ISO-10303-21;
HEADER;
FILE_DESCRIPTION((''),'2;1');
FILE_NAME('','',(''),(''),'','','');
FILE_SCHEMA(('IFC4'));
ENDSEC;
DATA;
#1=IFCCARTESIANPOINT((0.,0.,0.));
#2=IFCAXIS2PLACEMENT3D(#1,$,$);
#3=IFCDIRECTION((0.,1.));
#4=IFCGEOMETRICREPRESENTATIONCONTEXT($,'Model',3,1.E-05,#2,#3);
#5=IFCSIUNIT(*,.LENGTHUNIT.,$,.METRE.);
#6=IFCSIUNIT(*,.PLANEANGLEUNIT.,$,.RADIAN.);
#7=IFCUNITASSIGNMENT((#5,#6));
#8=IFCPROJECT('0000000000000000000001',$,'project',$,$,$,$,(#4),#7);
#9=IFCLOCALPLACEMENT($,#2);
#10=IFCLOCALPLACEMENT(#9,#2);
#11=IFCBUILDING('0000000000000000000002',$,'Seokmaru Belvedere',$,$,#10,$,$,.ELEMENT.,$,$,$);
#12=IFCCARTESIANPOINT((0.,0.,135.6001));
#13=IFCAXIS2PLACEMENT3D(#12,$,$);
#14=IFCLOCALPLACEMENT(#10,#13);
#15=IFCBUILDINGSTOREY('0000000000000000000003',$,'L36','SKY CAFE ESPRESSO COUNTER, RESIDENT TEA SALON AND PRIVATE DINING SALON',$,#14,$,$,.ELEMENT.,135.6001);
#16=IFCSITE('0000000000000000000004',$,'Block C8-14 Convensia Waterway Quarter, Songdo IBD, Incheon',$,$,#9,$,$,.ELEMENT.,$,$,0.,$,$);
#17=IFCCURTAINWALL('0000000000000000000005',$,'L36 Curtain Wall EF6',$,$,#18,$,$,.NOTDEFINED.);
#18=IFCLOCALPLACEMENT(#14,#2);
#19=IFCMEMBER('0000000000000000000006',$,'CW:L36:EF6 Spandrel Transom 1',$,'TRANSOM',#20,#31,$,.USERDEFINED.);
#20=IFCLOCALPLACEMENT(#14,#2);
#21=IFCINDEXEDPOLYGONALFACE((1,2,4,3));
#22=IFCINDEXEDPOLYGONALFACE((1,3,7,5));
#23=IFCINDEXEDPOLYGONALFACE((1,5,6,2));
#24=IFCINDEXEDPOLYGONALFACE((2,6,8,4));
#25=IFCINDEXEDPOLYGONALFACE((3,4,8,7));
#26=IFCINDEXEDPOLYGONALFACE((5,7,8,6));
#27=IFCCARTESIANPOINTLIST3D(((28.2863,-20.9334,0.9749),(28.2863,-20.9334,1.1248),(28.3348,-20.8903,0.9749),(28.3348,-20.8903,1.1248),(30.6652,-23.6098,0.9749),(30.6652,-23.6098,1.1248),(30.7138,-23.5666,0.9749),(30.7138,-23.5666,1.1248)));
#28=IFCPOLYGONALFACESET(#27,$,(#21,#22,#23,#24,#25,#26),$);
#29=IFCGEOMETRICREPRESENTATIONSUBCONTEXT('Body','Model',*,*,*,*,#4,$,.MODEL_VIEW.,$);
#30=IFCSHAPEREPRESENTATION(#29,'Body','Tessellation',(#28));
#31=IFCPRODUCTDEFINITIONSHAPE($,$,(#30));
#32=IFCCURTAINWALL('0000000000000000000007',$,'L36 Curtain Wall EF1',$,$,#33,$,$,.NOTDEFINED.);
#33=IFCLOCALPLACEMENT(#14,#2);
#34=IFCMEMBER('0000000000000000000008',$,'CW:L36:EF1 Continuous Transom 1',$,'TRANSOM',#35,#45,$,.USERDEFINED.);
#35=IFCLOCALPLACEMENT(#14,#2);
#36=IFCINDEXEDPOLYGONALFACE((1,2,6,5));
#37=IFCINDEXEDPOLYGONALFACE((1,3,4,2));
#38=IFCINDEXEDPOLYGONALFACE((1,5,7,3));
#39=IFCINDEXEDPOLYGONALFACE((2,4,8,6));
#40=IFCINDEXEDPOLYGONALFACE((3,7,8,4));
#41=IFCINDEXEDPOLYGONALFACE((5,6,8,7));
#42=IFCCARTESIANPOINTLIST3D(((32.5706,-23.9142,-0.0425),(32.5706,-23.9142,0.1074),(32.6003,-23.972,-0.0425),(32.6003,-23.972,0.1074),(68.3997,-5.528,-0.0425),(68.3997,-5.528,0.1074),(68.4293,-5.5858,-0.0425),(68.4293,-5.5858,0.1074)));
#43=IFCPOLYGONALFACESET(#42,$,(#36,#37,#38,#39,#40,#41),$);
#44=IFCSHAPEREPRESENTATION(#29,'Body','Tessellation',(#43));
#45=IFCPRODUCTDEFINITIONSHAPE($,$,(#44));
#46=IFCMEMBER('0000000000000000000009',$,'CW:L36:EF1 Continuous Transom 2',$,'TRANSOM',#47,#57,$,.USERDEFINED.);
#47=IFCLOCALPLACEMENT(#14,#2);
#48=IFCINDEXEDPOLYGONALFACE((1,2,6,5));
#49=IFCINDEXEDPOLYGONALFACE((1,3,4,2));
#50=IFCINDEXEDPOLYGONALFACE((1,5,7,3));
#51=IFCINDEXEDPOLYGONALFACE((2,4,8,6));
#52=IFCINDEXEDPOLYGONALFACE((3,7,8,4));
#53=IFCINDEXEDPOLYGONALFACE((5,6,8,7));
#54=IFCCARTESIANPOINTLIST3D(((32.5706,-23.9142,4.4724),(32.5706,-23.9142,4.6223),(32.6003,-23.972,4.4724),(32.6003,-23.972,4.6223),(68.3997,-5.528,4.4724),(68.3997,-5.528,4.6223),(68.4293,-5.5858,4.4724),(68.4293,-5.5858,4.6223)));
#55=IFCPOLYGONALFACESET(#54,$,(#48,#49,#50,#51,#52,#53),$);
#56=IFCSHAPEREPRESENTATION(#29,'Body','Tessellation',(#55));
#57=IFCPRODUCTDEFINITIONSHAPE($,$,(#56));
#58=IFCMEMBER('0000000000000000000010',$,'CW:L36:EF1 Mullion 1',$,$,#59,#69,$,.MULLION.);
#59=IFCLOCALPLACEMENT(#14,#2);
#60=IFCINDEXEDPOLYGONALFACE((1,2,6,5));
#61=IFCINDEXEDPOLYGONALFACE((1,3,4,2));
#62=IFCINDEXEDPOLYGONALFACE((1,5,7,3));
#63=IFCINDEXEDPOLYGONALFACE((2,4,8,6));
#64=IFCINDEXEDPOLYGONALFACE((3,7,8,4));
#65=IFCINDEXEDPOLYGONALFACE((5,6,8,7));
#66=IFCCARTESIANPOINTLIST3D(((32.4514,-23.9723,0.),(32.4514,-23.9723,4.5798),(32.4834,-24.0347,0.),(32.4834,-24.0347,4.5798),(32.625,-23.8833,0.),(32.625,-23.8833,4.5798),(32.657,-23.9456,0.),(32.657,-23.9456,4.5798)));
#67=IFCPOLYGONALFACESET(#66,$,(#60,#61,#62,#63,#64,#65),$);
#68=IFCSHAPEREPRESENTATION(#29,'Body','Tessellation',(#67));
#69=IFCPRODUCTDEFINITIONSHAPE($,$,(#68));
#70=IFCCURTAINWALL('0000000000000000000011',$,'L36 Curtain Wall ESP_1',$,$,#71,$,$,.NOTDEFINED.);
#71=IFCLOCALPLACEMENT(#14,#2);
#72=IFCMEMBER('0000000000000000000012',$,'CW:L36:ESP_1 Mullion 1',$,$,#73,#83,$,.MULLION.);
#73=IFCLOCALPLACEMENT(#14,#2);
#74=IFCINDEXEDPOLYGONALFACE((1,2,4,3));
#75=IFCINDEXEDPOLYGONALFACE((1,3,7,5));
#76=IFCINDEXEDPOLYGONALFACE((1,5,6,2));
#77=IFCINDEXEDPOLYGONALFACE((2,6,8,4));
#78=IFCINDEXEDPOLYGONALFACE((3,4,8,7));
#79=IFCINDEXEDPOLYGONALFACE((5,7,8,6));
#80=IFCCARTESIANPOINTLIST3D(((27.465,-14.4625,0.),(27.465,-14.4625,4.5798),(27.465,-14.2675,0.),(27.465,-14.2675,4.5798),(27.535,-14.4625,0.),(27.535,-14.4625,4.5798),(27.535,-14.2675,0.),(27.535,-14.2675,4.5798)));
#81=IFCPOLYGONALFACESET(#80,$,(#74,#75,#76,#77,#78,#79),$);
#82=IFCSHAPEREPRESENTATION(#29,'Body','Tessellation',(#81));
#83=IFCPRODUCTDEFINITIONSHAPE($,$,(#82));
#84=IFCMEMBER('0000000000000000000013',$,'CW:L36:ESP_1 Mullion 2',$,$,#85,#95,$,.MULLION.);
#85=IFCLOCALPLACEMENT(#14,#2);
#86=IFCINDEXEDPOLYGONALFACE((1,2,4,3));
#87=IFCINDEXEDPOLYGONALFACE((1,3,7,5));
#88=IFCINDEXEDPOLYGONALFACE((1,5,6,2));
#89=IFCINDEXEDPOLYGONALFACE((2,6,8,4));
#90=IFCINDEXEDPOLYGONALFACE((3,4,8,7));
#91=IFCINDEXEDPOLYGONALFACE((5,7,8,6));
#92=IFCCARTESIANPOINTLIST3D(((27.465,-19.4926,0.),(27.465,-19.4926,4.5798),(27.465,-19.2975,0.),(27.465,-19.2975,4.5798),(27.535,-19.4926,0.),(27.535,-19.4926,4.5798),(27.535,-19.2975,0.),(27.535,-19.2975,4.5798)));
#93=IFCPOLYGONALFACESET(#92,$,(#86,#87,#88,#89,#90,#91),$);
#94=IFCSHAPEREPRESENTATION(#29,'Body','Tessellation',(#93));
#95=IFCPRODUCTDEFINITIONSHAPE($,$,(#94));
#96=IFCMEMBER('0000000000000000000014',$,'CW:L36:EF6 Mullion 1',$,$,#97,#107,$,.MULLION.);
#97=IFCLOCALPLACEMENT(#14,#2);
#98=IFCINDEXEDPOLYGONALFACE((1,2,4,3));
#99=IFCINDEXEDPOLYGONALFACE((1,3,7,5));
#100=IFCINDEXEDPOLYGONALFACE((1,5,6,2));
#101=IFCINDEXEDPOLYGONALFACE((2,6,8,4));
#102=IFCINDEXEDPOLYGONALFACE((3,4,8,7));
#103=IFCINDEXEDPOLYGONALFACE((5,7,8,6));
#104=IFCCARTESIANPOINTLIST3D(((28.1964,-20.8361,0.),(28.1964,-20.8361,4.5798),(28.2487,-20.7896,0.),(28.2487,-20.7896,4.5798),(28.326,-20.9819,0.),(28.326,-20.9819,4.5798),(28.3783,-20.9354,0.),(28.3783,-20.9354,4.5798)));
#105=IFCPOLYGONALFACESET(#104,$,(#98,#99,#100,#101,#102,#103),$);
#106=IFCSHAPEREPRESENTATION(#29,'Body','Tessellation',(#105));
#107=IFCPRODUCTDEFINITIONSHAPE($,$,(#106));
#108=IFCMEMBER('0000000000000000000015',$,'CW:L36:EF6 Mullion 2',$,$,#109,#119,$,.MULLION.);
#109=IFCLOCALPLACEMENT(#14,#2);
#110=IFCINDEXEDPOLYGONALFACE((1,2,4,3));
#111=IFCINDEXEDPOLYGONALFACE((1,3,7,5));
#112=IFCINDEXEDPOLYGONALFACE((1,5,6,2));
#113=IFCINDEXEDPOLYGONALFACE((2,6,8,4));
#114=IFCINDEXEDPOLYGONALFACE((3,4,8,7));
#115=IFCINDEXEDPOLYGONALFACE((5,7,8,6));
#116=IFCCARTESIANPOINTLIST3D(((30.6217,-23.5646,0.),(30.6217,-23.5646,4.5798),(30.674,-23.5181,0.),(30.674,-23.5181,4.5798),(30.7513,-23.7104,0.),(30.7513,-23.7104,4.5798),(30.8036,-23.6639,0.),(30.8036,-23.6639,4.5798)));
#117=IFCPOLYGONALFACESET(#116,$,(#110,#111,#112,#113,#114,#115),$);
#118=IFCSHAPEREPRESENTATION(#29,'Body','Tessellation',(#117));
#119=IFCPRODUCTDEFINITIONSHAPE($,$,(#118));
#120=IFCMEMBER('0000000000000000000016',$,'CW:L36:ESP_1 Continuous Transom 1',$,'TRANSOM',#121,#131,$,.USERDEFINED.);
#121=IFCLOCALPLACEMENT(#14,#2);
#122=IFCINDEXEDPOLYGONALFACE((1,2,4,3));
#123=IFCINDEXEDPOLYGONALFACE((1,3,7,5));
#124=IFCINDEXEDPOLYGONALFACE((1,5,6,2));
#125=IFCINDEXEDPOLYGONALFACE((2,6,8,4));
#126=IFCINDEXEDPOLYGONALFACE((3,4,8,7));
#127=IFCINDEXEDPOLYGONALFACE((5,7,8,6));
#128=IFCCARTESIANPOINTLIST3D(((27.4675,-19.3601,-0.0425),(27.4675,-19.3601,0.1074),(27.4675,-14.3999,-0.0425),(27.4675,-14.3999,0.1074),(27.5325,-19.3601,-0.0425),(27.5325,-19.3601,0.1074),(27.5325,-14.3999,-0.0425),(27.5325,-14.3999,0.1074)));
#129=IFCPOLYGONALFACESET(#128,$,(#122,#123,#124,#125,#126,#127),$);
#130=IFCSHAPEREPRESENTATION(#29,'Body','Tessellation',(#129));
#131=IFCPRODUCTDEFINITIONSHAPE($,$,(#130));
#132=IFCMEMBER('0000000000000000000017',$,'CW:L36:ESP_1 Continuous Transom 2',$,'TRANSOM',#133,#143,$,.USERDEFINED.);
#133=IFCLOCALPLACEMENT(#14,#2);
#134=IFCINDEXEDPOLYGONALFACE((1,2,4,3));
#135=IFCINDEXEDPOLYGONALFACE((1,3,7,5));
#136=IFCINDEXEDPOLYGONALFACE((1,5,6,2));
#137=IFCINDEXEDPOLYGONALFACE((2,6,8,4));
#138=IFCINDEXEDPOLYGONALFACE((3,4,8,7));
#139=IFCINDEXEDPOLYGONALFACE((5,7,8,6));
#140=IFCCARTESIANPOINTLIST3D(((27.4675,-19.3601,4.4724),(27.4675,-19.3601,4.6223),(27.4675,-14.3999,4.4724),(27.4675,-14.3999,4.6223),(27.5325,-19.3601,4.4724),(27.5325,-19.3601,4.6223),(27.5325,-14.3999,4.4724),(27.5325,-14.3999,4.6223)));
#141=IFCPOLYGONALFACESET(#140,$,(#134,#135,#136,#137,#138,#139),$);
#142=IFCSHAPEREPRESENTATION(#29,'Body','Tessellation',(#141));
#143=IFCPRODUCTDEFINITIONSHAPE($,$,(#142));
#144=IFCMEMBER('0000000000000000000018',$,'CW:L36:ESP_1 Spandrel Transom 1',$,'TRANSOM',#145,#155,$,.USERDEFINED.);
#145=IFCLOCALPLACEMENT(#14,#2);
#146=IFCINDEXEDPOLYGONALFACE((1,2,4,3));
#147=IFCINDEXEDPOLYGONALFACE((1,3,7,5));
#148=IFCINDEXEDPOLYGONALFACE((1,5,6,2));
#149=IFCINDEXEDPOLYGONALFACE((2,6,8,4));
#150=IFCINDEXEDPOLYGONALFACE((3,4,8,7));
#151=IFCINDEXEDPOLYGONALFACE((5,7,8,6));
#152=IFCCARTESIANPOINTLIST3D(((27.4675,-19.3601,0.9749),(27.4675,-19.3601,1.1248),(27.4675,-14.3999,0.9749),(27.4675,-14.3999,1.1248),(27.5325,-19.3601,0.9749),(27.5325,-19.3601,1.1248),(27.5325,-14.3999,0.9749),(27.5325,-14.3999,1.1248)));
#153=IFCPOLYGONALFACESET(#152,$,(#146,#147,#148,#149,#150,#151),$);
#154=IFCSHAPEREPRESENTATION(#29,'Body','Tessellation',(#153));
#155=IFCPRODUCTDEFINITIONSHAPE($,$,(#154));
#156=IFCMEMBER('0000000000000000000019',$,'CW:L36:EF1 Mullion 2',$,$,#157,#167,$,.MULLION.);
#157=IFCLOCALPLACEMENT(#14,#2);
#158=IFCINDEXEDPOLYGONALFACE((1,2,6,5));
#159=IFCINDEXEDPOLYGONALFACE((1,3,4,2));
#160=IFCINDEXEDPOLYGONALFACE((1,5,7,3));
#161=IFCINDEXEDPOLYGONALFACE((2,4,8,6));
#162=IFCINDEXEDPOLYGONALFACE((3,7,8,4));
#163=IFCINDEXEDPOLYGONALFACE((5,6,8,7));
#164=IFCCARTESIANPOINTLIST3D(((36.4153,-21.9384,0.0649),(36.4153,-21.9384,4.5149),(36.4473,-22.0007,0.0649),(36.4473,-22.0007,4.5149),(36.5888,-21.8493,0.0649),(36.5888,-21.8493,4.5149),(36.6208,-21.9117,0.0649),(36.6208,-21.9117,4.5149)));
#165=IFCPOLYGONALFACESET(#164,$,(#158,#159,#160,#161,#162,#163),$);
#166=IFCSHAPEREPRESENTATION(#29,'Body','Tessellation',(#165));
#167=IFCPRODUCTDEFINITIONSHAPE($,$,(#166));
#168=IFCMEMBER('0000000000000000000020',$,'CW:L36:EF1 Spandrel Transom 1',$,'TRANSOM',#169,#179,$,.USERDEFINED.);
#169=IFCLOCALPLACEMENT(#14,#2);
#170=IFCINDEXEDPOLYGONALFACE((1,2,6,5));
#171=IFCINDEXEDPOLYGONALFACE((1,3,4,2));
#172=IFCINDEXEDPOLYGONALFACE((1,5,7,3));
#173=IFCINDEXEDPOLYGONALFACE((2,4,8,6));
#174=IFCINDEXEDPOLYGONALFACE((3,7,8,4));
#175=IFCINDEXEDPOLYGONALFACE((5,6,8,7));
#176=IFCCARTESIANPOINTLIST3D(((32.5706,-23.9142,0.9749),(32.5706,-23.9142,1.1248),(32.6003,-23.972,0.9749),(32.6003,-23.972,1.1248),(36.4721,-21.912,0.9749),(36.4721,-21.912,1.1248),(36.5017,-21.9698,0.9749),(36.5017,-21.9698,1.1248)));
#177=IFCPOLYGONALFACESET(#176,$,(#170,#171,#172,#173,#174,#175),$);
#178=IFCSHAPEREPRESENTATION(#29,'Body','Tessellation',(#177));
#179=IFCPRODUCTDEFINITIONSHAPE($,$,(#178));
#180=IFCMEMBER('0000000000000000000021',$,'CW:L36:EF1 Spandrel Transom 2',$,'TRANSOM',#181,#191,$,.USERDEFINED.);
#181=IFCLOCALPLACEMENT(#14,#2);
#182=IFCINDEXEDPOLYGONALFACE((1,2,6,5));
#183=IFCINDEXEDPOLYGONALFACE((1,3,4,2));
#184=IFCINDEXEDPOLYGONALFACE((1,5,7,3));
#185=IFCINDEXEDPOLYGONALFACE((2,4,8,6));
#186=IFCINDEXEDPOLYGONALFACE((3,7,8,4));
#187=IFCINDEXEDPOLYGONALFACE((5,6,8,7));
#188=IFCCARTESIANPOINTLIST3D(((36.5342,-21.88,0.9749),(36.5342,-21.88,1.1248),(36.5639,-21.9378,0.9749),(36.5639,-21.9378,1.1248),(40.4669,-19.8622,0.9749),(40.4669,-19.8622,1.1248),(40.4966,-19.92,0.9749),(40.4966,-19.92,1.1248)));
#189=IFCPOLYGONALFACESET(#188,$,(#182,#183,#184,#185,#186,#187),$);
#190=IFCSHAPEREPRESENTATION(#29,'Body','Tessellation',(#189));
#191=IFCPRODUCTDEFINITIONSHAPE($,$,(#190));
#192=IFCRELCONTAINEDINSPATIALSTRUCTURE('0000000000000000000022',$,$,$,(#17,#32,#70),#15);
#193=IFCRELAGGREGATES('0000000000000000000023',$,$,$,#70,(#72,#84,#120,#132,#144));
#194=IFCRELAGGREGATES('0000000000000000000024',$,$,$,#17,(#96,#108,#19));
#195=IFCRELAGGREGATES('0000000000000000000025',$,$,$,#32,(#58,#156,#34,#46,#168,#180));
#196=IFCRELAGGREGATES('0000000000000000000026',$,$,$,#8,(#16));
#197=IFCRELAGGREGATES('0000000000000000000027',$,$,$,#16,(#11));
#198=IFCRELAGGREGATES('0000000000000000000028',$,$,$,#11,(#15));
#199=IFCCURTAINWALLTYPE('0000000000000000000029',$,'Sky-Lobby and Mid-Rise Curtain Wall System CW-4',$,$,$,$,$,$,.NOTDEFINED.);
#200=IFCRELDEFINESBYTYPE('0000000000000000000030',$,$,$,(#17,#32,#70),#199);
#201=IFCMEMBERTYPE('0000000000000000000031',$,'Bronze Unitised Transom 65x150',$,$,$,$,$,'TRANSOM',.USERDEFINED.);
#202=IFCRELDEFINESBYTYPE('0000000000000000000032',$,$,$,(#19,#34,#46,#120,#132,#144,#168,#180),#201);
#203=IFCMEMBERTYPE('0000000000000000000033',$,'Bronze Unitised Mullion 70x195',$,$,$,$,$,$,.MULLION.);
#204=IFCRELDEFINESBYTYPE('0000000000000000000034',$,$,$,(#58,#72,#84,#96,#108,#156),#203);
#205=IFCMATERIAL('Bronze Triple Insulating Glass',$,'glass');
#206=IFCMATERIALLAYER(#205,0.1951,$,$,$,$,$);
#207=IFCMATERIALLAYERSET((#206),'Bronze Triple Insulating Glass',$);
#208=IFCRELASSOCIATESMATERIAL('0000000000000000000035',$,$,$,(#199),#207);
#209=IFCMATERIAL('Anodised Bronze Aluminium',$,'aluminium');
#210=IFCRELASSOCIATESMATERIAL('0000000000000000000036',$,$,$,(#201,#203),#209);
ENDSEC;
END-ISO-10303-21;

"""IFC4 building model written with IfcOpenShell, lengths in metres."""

from ifc_helpers import new_model, si_unit, direction, frame, origin, origin_2d, place, context, subcontext, project, spatial, rectangle, extrude, source, transform, mapped, material, layer, layer_set, material_profile, profile_set, type_object, type_shapes, element, aggregate, save


model = new_model("IFC4")

# Units and contexts
model_context = context("Model", 3, precision=1e-05, world=origin(), true_north=direction((0.0, 1.0)))
body_context = subcontext(model_context, "Body", "Model", "MODEL_VIEW")
ifc_project = project(units=[si_unit("LENGTHUNIT", "METRE"), si_unit("PLANEANGLEUNIT", "RADIAN")], contexts=[model_context])

# Site, building, storey
site_placement = place(None, origin())
site = spatial("IfcSite", under=ifc_project, at=site_placement, Name="Block C8-14 Convensia Waterway Quarter, Songdo IBD, Incheon", CompositionType="ELEMENT", RefElevation=0.0)
building_placement = place(site_placement, origin())
building = spatial("IfcBuilding", under=site, at=building_placement, Name="Seokmaru Belvedere", CompositionType="ELEMENT")
storey_placement = place(building_placement, frame((0.0, 0.0, 135.6001)))
storey = spatial("IfcBuildingStorey", under=building, at=storey_placement, Name="L36", Description="SKY CAFE ESPRESSO COUNTER, RESIDENT TEA SALON AND PRIVATE DINING SALON", CompositionType="ELEMENT", Elevation=135.6001)

# Curtain walls, members
ifc_material_1 = material(Name="Bronze Triple Insulating Glass", Category="glass")
ifc_layer_1 = layer(ifc_material_1, 0.1951)
ifc_layer_set_1 = layer_set([ifc_layer_1], Name="Bronze Triple Insulating Glass")
curtain_wall_type = type_object("IfcCurtainWallType", Name="Sky-Lobby and Mid-Rise Curtain Wall System CW-4", PredefinedType="NOTDEFINED", material=ifc_layer_set_1)
curtain_wall_1_placement = place(storey_placement, origin())
curtain_wall_1 = element("IfcCurtainWall", 1, at=curtain_wall_1_placement, inside=storey, type_object=curtain_wall_type, Name="L36 Curtain Wall EF6", PredefinedType="NOTDEFINED")
ifc_material_2 = material(Name="Anodised Bronze Aluminium", Category="aluminium")
ifc_material_profile_1 = material_profile(ifc_material_2, rectangle(XDim=0.0649, YDim=0.1499, at=origin_2d()), Name="CW-T-65x150")
ifc_profile_set_1 = profile_set([ifc_material_profile_1], Name="Anodised Bronze Aluminium")
member_type_1 = type_object("IfcMemberType", Name="Bronze Unitised Transom 65x150", ElementType="TRANSOM", PredefinedType="USERDEFINED", material=ifc_profile_set_1)
shared_shape_1 = source(origin(), body_context, "Body", "SweptSolid", [
    extrude(rectangle(XDim=0.0649, YDim=0.1499, at=origin_2d()), origin(), (0.0, 0.0, 1.0), 3.5808),
])
member_1_placement = place(storey_placement, frame((28.3105, -20.9119, 1.0498), z_axis=(0.664364, -0.747409, 0.0), x_axis=(0.747409, 0.664364, 0.0)))
member_1 = element("IfcMember", 2, at=member_1_placement, type_object=member_type_1, Name="CW:L36:EF6 Spandrel Transom 1", ObjectType="TRANSOM", PredefinedType="USERDEFINED", context=body_context, shape_type="MappedRepresentation", body=[
    mapped(shared_shape_1, transform((0.0, 0.0, 0.0), scale=1.0)),
])
curtain_wall_2_placement = place(storey_placement, origin())
curtain_wall_2 = element("IfcCurtainWall", 3, at=curtain_wall_2_placement, inside=storey, type_object=curtain_wall_type, Name="L36 Curtain Wall EF1", PredefinedType="NOTDEFINED")
shared_shape_2 = source(origin(), body_context, "Body", "SweptSolid", [
    extrude(rectangle(XDim=0.0649, YDim=0.1499, at=origin_2d()), origin(), (0.0, 0.0, 1.0), 40.2712),
])
member_2_placement = place(storey_placement, frame((32.5854, -23.9431, 0.0325), z_axis=(0.889693, 0.456559, 0.0), x_axis=(-0.456559, 0.889693, 0.0)))
member_2 = element("IfcMember", 4, at=member_2_placement, type_object=member_type_1, Name="CW:L36:EF1 Continuous Transom 1", ObjectType="TRANSOM", PredefinedType="USERDEFINED", context=body_context, shape_type="MappedRepresentation", body=[
    mapped(shared_shape_2, transform((0.0, 0.0, 0.0), scale=1.0)),
])
member_3_placement = place(storey_placement, frame((32.5854, -23.9431, 4.5474), z_axis=(0.889693, 0.456559, 0.0), x_axis=(-0.456559, 0.889693, 0.0)))
member_3 = element("IfcMember", 5, at=member_3_placement, type_object=member_type_1, Name="CW:L36:EF1 Continuous Transom 2", ObjectType="TRANSOM", PredefinedType="USERDEFINED", context=body_context, shape_type="MappedRepresentation", body=[
    mapped(shared_shape_2, transform((0.0, 0.0, 0.0), scale=1.0)),
])
ifc_material_profile_2 = material_profile(ifc_material_2, rectangle(XDim=0.0701, YDim=0.1951, at=origin_2d()), Name="CW-M-70x195")
ifc_profile_set_2 = profile_set([ifc_material_profile_2], Name="Anodised Bronze Aluminium")
member_type_2 = type_object("IfcMemberType", Name="Bronze Unitised Mullion 70x195", PredefinedType="MULLION", material=ifc_profile_set_2)
shared_shape_3 = source(origin(), body_context, "Body", "SweptSolid", [
    extrude(rectangle(XDim=0.0701, YDim=0.1951, at=origin_2d()), origin(), (0.0, 0.0, 1.0), 4.5798),
])
member_4_placement = place(storey_placement, frame((32.5542, -23.959, 0.0), z_axis=(0.0, 0.0, 1.0), x_axis=(-0.456555, 0.889695, 0.0)))
member_4 = element("IfcMember", 6, at=member_4_placement, type_object=member_type_2, Name="CW:L36:EF1 Mullion 1", PredefinedType="MULLION", context=body_context, shape_type="MappedRepresentation", body=[
    mapped(shared_shape_3, transform((0.0, 0.0, 0.0), scale=1.0)),
])
curtain_wall_3_placement = place(storey_placement, origin())
curtain_wall_3 = element("IfcCurtainWall", 7, at=curtain_wall_3_placement, inside=storey, type_object=curtain_wall_type, Name="L36 Curtain Wall ESP_1", PredefinedType="NOTDEFINED")
member_5_placement = place(storey_placement, frame((27.5, -14.365, 0.0), z_axis=(0.0, 0.0, 1.0), x_axis=(1.0, 0.0, 0.0)))
member_5 = element("IfcMember", 8, at=member_5_placement, type_object=member_type_2, Name="CW:L36:ESP_1 Mullion 1", PredefinedType="MULLION", context=body_context, shape_type="MappedRepresentation", body=[
    mapped(shared_shape_3, transform((0.0, 0.0, 0.0), scale=1.0)),
])
member_6_placement = place(storey_placement, frame((27.5, -19.395, 0.0), z_axis=(0.0, 0.0, 1.0), x_axis=(1.0, 0.0, 0.0)))
member_6 = element("IfcMember", 9, at=member_6_placement, type_object=member_type_2, Name="CW:L36:ESP_1 Mullion 2", PredefinedType="MULLION", context=body_context, shape_type="MappedRepresentation", body=[
    mapped(shared_shape_3, transform((0.0, 0.0, 0.0), scale=1.0)),
])

# Members
member_7_placement = place(storey_placement, frame((28.2874, -20.8857, 0.0), z_axis=(0.0, 0.0, 1.0), x_axis=(0.74741, 0.664363, 0.0)))
member_7 = element("IfcMember", 10, at=member_7_placement, type_object=member_type_2, Name="CW:L36:EF6 Mullion 1", PredefinedType="MULLION", context=body_context, shape_type="MappedRepresentation", body=[
    mapped(shared_shape_3, transform((0.0, 0.0, 0.0), scale=1.0)),
])
member_8_placement = place(storey_placement, frame((30.7126, -23.6143, 0.0), z_axis=(0.0, 0.0, 1.0), x_axis=(0.74741, 0.664363, 0.0)))
member_8 = element("IfcMember", 11, at=member_8_placement, type_object=member_type_2, Name="CW:L36:EF6 Mullion 2", PredefinedType="MULLION", context=body_context, shape_type="MappedRepresentation", body=[
    mapped(shared_shape_3, transform((0.0, 0.0, 0.0), scale=1.0)),
])
shared_shape_4 = source(origin(), body_context, "Body", "SweptSolid", [
    extrude(rectangle(XDim=0.0649, YDim=0.1499, at=origin_2d()), origin(), (0.0, 0.0, 1.0), 4.9602),
])
member_9_placement = place(storey_placement, frame((27.5, -14.3999, 0.0325), z_axis=(0.0, -1.0, 0.0), x_axis=(1.0, 0.0, 0.0)))
member_9 = element("IfcMember", 12, at=member_9_placement, type_object=member_type_1, Name="CW:L36:ESP_1 Continuous Transom 1", ObjectType="TRANSOM", PredefinedType="USERDEFINED", context=body_context, shape_type="MappedRepresentation", body=[
    mapped(shared_shape_4, transform((0.0, 0.0, 0.0), scale=1.0)),
])
member_10_placement = place(storey_placement, frame((27.5, -14.3999, 4.5474), z_axis=(0.0, -1.0, 0.0), x_axis=(1.0, 0.0, 0.0)))
member_10 = element("IfcMember", 13, at=member_10_placement, type_object=member_type_1, Name="CW:L36:ESP_1 Continuous Transom 2", ObjectType="TRANSOM", PredefinedType="USERDEFINED", context=body_context, shape_type="MappedRepresentation", body=[
    mapped(shared_shape_4, transform((0.0, 0.0, 0.0), scale=1.0)),
])
member_11_placement = place(storey_placement, frame((27.5, -14.3999, 1.0498), z_axis=(0.0, -1.0, 0.0), x_axis=(1.0, 0.0, 0.0)))
member_11 = element("IfcMember", 14, at=member_11_placement, type_object=member_type_1, Name="CW:L36:ESP_1 Spandrel Transom 1", ObjectType="TRANSOM", PredefinedType="USERDEFINED", context=body_context, shape_type="MappedRepresentation", body=[
    mapped(shared_shape_4, transform((0.0, 0.0, 0.0), scale=1.0)),
])
shared_shape_5 = source(origin(), body_context, "Body", "SweptSolid", [
    extrude(rectangle(XDim=0.0701, YDim=0.1951, at=origin_2d()), origin(), (0.0, 0.0, 1.0), 4.45),
])
type_shapes(member_type_2, [shared_shape_3, shared_shape_5])
member_12_placement = place(storey_placement, frame((36.5181, -21.925, 0.0649), z_axis=(0.0, 0.0, 1.0), x_axis=(-0.456555, 0.889695, 0.0)))
member_12 = element("IfcMember", 15, at=member_12_placement, type_object=member_type_2, Name="CW:L36:EF1 Mullion 2", PredefinedType="MULLION", context=body_context, shape_type="MappedRepresentation", body=[
    mapped(shared_shape_5, transform((0.0, 0.0, 0.0), scale=1.0)),
])
shared_shape_6 = source(origin(), body_context, "Body", "SweptSolid", [
    extrude(rectangle(XDim=0.0649, YDim=0.1499, at=origin_2d()), origin(), (0.0, 0.0, 1.0), 4.3853),
])
member_13_placement = place(storey_placement, frame((32.5854, -23.9431, 1.0498), z_axis=(0.889679, 0.456587, 0.0), x_axis=(-0.456587, 0.889679, 0.0)))
member_13 = element("IfcMember", 16, at=member_13_placement, type_object=member_type_1, Name="CW:L36:EF1 Spandrel Transom 1", ObjectType="TRANSOM", PredefinedType="USERDEFINED", context=body_context, shape_type="MappedRepresentation", body=[
    mapped(shared_shape_6, transform((0.0, 0.0, 0.0), scale=1.0)),
])
shared_shape_7 = source(origin(), body_context, "Body", "SweptSolid", [
    extrude(rectangle(XDim=0.0649, YDim=0.1499, at=origin_2d()), origin(), (0.0, 0.0, 1.0), 4.4202),
])
type_shapes(member_type_1, [shared_shape_1, shared_shape_2, shared_shape_4, shared_shape_6, shared_shape_7])
member_14_placement = place(storey_placement, frame((36.5491, -21.9089, 1.0498), z_axis=(0.889717, 0.456513, 0.0), x_axis=(-0.456513, 0.889717, 0.0)))
member_14 = element("IfcMember", 17, at=member_14_placement, type_object=member_type_1, Name="CW:L36:EF1 Spandrel Transom 2", ObjectType="TRANSOM", PredefinedType="USERDEFINED", context=body_context, shape_type="MappedRepresentation", body=[
    mapped(shared_shape_7, transform((0.0, 0.0, 0.0), scale=1.0)),
])

aggregate(curtain_wall_3, [member_5, member_6, member_9, member_10, member_11])
aggregate(curtain_wall_1, [member_7, member_8, member_1])
aggregate(curtain_wall_2, [member_4, member_12, member_2, member_3, member_13, member_14])

save(model, "model.ifc")
